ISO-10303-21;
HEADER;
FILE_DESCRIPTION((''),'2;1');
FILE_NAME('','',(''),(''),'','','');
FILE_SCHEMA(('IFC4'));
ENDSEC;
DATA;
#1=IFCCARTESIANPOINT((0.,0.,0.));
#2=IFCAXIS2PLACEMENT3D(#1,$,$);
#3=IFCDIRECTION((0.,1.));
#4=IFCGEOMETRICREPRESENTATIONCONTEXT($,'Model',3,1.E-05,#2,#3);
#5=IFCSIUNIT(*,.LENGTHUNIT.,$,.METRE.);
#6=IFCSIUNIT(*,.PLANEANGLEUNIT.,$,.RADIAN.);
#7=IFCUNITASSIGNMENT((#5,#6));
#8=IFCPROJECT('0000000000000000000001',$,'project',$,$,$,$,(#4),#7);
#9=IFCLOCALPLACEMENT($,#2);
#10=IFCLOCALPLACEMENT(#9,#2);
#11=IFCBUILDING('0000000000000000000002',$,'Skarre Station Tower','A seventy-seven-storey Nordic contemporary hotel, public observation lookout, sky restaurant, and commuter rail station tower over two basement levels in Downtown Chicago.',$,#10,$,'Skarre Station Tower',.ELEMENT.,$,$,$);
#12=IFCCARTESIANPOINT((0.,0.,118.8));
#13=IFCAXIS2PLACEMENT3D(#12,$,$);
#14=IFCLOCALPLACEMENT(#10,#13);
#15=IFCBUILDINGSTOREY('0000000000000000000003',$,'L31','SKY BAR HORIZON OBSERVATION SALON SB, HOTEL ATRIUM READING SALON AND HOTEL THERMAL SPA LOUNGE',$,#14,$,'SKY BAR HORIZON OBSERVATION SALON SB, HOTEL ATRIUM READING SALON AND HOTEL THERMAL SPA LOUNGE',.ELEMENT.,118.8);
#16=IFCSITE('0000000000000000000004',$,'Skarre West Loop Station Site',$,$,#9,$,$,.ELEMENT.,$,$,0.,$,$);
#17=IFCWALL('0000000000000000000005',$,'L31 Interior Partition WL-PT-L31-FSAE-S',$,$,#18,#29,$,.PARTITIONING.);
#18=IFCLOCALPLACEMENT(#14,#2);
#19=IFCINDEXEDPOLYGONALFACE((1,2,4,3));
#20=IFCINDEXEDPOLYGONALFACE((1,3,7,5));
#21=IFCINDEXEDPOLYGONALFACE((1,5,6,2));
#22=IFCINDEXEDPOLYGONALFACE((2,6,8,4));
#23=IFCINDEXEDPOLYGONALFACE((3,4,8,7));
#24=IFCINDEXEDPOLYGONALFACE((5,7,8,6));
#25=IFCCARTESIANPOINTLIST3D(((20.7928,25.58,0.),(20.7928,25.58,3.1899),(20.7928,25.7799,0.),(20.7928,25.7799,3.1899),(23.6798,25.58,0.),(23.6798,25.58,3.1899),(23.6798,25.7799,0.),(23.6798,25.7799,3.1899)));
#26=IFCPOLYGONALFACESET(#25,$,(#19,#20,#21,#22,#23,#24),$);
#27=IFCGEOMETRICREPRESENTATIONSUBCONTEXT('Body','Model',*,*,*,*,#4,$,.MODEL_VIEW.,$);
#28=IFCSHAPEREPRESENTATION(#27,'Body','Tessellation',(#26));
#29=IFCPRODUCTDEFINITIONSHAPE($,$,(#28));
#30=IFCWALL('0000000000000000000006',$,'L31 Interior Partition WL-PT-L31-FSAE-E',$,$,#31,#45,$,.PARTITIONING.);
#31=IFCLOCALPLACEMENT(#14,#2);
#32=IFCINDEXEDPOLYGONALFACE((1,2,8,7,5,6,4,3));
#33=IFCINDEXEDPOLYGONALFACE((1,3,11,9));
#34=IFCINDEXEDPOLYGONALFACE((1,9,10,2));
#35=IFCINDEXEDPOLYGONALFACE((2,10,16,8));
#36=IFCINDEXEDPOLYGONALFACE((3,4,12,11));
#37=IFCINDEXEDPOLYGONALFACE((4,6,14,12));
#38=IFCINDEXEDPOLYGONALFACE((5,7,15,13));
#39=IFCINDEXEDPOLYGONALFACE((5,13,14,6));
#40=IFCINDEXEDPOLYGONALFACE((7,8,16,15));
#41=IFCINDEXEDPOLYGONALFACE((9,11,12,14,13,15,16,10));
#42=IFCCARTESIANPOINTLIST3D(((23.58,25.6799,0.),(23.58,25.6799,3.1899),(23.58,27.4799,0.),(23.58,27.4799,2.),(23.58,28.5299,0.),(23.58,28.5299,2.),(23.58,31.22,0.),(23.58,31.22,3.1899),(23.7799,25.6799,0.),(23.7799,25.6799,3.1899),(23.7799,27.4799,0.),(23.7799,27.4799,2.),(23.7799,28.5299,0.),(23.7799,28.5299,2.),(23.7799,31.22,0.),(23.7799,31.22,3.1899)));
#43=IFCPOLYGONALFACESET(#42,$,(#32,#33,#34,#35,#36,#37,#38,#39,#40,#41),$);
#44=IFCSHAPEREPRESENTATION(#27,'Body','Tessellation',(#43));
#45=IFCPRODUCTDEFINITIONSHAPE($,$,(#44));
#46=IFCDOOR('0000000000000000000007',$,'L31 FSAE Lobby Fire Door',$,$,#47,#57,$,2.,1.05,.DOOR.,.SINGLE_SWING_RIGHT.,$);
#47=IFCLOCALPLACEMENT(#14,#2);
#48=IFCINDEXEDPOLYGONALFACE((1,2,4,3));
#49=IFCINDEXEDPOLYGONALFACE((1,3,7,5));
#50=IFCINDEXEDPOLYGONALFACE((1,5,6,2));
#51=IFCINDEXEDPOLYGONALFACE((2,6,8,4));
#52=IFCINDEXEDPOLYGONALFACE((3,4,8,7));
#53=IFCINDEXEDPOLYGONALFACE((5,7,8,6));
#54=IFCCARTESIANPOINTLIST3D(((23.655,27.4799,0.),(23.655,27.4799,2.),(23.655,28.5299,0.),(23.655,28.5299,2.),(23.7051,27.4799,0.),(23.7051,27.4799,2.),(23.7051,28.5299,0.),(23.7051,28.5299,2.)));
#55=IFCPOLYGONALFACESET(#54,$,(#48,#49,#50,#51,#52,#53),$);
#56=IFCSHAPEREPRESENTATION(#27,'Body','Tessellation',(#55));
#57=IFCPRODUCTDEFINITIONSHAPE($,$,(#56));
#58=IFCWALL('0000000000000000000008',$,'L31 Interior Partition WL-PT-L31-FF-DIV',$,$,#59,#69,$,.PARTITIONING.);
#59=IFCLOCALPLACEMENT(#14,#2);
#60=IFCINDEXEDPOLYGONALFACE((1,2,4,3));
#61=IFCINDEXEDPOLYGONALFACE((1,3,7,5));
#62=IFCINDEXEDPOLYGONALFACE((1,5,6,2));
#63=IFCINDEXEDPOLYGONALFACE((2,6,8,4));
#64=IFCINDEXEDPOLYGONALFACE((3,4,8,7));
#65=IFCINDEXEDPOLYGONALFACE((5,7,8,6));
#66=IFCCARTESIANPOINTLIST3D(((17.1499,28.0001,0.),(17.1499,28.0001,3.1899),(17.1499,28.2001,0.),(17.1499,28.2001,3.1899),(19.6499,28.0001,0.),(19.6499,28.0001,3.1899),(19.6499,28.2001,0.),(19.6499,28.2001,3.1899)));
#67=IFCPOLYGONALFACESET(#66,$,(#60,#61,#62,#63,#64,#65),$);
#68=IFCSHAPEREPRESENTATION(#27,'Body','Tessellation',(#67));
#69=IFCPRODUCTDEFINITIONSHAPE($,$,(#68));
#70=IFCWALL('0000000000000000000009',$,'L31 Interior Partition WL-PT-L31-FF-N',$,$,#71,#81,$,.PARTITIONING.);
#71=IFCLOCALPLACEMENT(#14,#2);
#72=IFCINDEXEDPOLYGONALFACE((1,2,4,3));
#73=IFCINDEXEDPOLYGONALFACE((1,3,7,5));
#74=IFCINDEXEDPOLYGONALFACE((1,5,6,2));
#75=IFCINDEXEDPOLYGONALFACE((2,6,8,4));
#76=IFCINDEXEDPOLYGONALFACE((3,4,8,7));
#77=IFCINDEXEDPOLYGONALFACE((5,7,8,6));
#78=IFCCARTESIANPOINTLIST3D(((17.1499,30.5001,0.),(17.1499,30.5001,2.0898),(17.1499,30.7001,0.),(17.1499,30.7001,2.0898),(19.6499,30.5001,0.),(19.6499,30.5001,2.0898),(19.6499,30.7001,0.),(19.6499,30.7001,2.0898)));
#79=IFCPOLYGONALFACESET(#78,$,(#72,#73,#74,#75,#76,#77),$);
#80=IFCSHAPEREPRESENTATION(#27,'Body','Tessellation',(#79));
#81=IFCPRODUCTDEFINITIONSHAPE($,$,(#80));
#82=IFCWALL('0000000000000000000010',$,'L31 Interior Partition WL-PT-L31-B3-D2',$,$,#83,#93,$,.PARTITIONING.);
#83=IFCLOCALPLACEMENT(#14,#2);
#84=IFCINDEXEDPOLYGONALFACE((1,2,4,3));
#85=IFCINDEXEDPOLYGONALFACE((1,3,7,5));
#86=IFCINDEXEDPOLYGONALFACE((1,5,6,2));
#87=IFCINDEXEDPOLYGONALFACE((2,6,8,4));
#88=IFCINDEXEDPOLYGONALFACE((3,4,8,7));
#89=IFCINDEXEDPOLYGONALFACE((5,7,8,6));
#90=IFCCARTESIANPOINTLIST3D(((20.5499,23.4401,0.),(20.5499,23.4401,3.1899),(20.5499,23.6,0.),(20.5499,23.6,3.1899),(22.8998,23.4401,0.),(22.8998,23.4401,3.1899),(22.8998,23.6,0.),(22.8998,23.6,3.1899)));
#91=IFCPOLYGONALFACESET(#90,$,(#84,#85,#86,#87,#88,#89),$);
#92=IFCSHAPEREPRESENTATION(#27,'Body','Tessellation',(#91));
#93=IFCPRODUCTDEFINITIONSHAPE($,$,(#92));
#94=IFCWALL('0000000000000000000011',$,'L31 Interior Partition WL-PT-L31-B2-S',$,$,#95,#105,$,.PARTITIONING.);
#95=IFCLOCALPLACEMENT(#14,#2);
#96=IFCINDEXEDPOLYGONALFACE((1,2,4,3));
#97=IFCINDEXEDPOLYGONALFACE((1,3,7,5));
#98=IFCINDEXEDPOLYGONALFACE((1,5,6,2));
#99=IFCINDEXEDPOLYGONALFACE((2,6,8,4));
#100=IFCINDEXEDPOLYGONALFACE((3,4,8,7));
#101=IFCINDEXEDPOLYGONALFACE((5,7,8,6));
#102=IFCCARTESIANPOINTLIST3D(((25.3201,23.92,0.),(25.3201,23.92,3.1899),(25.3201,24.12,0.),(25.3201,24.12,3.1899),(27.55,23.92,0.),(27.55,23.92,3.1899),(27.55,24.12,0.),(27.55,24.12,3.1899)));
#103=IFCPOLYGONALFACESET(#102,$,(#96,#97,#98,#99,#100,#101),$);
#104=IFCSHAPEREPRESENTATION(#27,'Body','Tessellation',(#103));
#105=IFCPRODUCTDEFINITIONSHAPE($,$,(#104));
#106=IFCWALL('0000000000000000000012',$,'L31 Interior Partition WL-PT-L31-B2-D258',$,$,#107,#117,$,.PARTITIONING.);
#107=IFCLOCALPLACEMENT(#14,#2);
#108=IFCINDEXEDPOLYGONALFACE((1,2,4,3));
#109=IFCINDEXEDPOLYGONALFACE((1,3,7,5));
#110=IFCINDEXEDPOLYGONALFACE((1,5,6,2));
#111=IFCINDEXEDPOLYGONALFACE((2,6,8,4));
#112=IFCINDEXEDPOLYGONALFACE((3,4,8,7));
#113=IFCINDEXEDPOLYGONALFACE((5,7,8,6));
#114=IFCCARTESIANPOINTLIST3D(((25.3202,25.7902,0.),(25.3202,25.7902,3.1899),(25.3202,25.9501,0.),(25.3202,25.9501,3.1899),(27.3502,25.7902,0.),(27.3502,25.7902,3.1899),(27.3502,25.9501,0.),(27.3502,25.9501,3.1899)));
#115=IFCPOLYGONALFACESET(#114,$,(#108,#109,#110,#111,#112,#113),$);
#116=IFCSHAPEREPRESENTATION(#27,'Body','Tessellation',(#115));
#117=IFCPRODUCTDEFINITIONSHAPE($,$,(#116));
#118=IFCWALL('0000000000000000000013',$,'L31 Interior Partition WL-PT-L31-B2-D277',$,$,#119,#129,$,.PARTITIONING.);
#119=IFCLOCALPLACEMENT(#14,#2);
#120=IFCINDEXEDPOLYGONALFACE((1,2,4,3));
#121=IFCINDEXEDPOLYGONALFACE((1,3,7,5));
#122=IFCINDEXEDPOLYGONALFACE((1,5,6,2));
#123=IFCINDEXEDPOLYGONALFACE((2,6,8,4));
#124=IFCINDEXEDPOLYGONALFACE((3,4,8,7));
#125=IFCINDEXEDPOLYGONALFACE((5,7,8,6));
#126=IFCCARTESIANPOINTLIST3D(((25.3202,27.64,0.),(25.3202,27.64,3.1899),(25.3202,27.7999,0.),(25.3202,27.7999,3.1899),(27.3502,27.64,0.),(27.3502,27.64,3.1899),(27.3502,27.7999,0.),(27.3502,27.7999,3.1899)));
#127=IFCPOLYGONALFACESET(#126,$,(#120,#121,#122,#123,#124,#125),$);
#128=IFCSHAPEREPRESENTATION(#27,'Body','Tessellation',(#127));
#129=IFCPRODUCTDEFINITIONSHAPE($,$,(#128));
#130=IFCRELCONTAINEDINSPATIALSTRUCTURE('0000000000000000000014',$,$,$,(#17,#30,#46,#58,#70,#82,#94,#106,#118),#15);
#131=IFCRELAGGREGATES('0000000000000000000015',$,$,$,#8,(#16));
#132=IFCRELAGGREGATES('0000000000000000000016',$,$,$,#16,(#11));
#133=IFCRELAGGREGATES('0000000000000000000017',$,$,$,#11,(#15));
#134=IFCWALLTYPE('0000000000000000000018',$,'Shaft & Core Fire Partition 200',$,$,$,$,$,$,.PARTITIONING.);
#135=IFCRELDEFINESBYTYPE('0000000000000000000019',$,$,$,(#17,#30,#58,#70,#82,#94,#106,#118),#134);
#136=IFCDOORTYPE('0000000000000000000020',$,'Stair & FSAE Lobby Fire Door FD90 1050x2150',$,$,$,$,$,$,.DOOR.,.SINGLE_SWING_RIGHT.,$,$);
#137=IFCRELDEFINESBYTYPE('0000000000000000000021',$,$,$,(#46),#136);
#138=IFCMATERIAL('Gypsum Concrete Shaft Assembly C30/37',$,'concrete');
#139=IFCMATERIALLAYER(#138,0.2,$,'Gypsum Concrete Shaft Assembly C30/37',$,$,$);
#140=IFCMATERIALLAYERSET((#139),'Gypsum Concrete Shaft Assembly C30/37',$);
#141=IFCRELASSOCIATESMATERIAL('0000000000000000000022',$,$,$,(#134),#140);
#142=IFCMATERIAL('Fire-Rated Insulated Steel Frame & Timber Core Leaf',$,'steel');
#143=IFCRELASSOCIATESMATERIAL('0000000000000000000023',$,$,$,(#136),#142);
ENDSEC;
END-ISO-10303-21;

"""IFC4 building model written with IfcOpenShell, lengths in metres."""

from ifc_helpers import new_model, si_unit, direction, frame, frame_2d, origin, place, context, subcontext, project, spatial, rectangle, extrude, material, layer, layer_set, type_object, element, fill, save


model = new_model("IFC4")

# Units and contexts
model_context = context("Model", 3, precision=1e-05, world=origin(), true_north=direction((0.0, 1.0)))
body_context = subcontext(model_context, "Body", "Model", "MODEL_VIEW")
ifc_project = project(units=[si_unit("LENGTHUNIT", "METRE"), si_unit("PLANEANGLEUNIT", "RADIAN")], contexts=[model_context])

# Site, building, storey
site_placement = place(None, origin())
site = spatial("IfcSite", under=ifc_project, at=site_placement, Name="Skarre West Loop Station Site", CompositionType="ELEMENT", RefElevation=0.0)
building_placement = place(site_placement, origin())
building = spatial("IfcBuilding", under=site, at=building_placement, Name="Skarre Station Tower", Description="A seventy-seven-storey Nordic contemporary hotel, public observation lookout, sky restaurant, and commuter rail station tower over two basement levels in Downtown Chicago.", LongName="Skarre Station Tower", CompositionType="ELEMENT")
storey_placement = place(building_placement, frame((0.0, 0.0, 118.8)))
storey = spatial("IfcBuildingStorey", under=building, at=storey_placement, Name="L31", Description="SKY BAR HORIZON OBSERVATION SALON SB, HOTEL ATRIUM READING SALON AND HOTEL THERMAL SPA LOUNGE", LongName="SKY BAR HORIZON OBSERVATION SALON SB, HOTEL ATRIUM READING SALON AND HOTEL THERMAL SPA LOUNGE", CompositionType="ELEMENT", Elevation=118.8)

# Shared definitions
ifc_material_1 = material(Name="Gypsum Concrete Shaft Assembly C30/37", Category="concrete")
ifc_layer_1 = layer(ifc_material_1, 0.2, Name="Gypsum Concrete Shaft Assembly C30/37")
ifc_layer_set_1 = layer_set([ifc_layer_1], Name="Gypsum Concrete Shaft Assembly C30/37")
wall_type_1 = type_object("IfcWallType", Name="Shaft & Core Fire Partition 200", PredefinedType="PARTITIONING", material=ifc_layer_set_1)

# Wall
wall_1_placement = place(storey_placement, frame((20.793, 25.6799, 0.0), z_axis=(0.0, 0.0, 1.0), x_axis=(1.0, 0.0, 0.0)))
element("IfcWall", 1, at=wall_1_placement, inside=storey, type_object=wall_type_1, Name="L31 Interior Partition WL-PT-L31-FSAE-S", PredefinedType="PARTITIONING", context=body_context, shape_type="SweptSolid", body=[
    extrude(rectangle(XDim=2.887, YDim=0.2, at=frame_2d((1.4434, 0.0))), origin(), (0.0, 0.0, 1.0), 3.1899),
])

# Wall, opening, door
wall_2_placement = place(storey_placement, frame((23.6799, 25.6799, 0.0), z_axis=(0.0, 0.0, 1.0), x_axis=(0.0, 1.0, 0.0)))
wall_2 = element("IfcWall", 2, at=wall_2_placement, inside=storey, type_object=wall_type_1, Name="L31 Interior Partition WL-PT-L31-FSAE-E", PredefinedType="PARTITIONING", context=body_context, shape_type="SweptSolid", body=[
    extrude(rectangle(XDim=5.54, YDim=0.2, at=frame_2d((2.77, 0.0))), origin(), (0.0, 0.0, 1.0), 3.1899),
])
opening_1_placement = place(wall_2_placement, frame((1.8, 0.0, 0.0)))
opening_1 = element("IfcOpeningElement", 3, at=opening_1_placement, cuts=wall_2, PredefinedType="OPENING", context=body_context, shape_type="SweptSolid", body=[
    extrude(rectangle(XDim=1.05, YDim=2.0, at=frame_2d((0.5249, 1.0))), frame((0.0, 0.1099, 0.0), z_axis=(0.0, -1.0, 0.0), x_axis=(1.0, 0.0, 0.0)), (0.0, 0.0, 1.0), 0.22),
])
ifc_material_2 = material(Name="Fire-Rated Insulated Steel Frame & Timber Core Leaf", Category="steel")
door_type_1 = type_object("IfcDoorType", Name="Stair & FSAE Lobby Fire Door FD90 1050x2150", OperationType="SINGLE_SWING_RIGHT", PredefinedType="DOOR", material=ifc_material_2)
door_1_placement = place(opening_1_placement, origin())
door_1 = element("IfcDoor", 4, at=door_1_placement, inside=storey, type_object=door_type_1, Name="L31 FSAE Lobby Fire Door", OperationType="SINGLE_SWING_RIGHT", OverallHeight=2.0, OverallWidth=1.05, PredefinedType="DOOR", context=body_context, shape_type="SweptSolid", body=[
    extrude(rectangle(XDim=1.05, YDim=2.0, at=frame_2d((0.5249, 1.0))), frame((0.0, 0.0249, 0.0), z_axis=(0.0, -1.0, 0.0), x_axis=(1.0, 0.0, 0.0)), (0.0, 0.0, 1.0), 0.05),
])
fill(opening_1, door_1)

# Walls
wall_3_placement = place(storey_placement, frame((17.1499, 28.1001, 0.0), z_axis=(0.0, 0.0, 1.0), x_axis=(1.0, 0.0, 0.0)))
element("IfcWall", 5, at=wall_3_placement, inside=storey, type_object=wall_type_1, Name="L31 Interior Partition WL-PT-L31-FF-DIV", PredefinedType="PARTITIONING", context=body_context, shape_type="SweptSolid", body=[
    extrude(rectangle(XDim=2.5, YDim=0.2, at=frame_2d((1.25, 0.0))), origin(), (0.0, 0.0, 1.0), 3.1899),
])
wall_4_placement = place(storey_placement, frame((19.6499, 30.6001, 0.0), z_axis=(0.0, 0.0, 1.0), x_axis=(-1.0, 0.0, 0.0)))
element("IfcWall", 6, at=wall_4_placement, inside=storey, type_object=wall_type_1, Name="L31 Interior Partition WL-PT-L31-FF-N", PredefinedType="PARTITIONING", context=body_context, shape_type="SweptSolid", body=[
    extrude(rectangle(XDim=2.5, YDim=0.2, at=frame_2d((1.25, 0.0))), origin(), (0.0, 0.0, 1.0), 2.0898),
])
wall_5_placement = place(storey_placement, frame((20.55, 23.52, 0.0), z_axis=(0.0, 0.0, 1.0), x_axis=(1.0, 0.0, 0.0)))
element("IfcWall", 7, at=wall_5_placement, inside=storey, type_object=wall_type_1, Name="L31 Interior Partition WL-PT-L31-B3-D2", PredefinedType="PARTITIONING", context=body_context, shape_type="SweptSolid", body=[
    extrude(rectangle(XDim=2.3499, YDim=0.1599, at=frame_2d((1.1748, 0.0))), origin(), (0.0, 0.0, 1.0), 3.1899),
])
wall_6_placement = place(storey_placement, frame((25.3201, 24.02, 0.0), z_axis=(0.0, 0.0, 1.0), x_axis=(1.0, 0.0, 0.0)))
element("IfcWall", 8, at=wall_6_placement, inside=storey, type_object=wall_type_1, Name="L31 Interior Partition WL-PT-L31-B2-S", PredefinedType="PARTITIONING", context=body_context, shape_type="SweptSolid", body=[
    extrude(rectangle(XDim=2.23, YDim=0.2, at=frame_2d((1.115, 0.0))), origin(), (0.0, 0.0, 1.0), 3.1899),
])
for number, where, z_axis, x_axis, name in (
    (9, (25.3201, 25.8701, 0.0), (0.0, 0.0, 1.0), (1.0, 0.0, 0.0), "L31 Interior Partition WL-PT-L31-B2-D258"),
    (10, (25.3201, 27.72, 0.0), (0.0, 0.0, 1.0), (1.0, 0.0, 0.0), "L31 Interior Partition WL-PT-L31-B2-D277"),
):
    element("IfcWall", number, at=place(storey_placement, frame(where, z_axis=z_axis, x_axis=x_axis)), inside=storey, type_object=wall_type_1, Name=name, PredefinedType="PARTITIONING", context=body_context, shape_type="SweptSolid", body=[
        extrude(rectangle(XDim=2.03, YDim=0.1599, at=frame_2d((1.0151, 0.0))), origin(), (0.0, 0.0, 1.0), 3.1899),
    ])

save(model, "model.ifc")
